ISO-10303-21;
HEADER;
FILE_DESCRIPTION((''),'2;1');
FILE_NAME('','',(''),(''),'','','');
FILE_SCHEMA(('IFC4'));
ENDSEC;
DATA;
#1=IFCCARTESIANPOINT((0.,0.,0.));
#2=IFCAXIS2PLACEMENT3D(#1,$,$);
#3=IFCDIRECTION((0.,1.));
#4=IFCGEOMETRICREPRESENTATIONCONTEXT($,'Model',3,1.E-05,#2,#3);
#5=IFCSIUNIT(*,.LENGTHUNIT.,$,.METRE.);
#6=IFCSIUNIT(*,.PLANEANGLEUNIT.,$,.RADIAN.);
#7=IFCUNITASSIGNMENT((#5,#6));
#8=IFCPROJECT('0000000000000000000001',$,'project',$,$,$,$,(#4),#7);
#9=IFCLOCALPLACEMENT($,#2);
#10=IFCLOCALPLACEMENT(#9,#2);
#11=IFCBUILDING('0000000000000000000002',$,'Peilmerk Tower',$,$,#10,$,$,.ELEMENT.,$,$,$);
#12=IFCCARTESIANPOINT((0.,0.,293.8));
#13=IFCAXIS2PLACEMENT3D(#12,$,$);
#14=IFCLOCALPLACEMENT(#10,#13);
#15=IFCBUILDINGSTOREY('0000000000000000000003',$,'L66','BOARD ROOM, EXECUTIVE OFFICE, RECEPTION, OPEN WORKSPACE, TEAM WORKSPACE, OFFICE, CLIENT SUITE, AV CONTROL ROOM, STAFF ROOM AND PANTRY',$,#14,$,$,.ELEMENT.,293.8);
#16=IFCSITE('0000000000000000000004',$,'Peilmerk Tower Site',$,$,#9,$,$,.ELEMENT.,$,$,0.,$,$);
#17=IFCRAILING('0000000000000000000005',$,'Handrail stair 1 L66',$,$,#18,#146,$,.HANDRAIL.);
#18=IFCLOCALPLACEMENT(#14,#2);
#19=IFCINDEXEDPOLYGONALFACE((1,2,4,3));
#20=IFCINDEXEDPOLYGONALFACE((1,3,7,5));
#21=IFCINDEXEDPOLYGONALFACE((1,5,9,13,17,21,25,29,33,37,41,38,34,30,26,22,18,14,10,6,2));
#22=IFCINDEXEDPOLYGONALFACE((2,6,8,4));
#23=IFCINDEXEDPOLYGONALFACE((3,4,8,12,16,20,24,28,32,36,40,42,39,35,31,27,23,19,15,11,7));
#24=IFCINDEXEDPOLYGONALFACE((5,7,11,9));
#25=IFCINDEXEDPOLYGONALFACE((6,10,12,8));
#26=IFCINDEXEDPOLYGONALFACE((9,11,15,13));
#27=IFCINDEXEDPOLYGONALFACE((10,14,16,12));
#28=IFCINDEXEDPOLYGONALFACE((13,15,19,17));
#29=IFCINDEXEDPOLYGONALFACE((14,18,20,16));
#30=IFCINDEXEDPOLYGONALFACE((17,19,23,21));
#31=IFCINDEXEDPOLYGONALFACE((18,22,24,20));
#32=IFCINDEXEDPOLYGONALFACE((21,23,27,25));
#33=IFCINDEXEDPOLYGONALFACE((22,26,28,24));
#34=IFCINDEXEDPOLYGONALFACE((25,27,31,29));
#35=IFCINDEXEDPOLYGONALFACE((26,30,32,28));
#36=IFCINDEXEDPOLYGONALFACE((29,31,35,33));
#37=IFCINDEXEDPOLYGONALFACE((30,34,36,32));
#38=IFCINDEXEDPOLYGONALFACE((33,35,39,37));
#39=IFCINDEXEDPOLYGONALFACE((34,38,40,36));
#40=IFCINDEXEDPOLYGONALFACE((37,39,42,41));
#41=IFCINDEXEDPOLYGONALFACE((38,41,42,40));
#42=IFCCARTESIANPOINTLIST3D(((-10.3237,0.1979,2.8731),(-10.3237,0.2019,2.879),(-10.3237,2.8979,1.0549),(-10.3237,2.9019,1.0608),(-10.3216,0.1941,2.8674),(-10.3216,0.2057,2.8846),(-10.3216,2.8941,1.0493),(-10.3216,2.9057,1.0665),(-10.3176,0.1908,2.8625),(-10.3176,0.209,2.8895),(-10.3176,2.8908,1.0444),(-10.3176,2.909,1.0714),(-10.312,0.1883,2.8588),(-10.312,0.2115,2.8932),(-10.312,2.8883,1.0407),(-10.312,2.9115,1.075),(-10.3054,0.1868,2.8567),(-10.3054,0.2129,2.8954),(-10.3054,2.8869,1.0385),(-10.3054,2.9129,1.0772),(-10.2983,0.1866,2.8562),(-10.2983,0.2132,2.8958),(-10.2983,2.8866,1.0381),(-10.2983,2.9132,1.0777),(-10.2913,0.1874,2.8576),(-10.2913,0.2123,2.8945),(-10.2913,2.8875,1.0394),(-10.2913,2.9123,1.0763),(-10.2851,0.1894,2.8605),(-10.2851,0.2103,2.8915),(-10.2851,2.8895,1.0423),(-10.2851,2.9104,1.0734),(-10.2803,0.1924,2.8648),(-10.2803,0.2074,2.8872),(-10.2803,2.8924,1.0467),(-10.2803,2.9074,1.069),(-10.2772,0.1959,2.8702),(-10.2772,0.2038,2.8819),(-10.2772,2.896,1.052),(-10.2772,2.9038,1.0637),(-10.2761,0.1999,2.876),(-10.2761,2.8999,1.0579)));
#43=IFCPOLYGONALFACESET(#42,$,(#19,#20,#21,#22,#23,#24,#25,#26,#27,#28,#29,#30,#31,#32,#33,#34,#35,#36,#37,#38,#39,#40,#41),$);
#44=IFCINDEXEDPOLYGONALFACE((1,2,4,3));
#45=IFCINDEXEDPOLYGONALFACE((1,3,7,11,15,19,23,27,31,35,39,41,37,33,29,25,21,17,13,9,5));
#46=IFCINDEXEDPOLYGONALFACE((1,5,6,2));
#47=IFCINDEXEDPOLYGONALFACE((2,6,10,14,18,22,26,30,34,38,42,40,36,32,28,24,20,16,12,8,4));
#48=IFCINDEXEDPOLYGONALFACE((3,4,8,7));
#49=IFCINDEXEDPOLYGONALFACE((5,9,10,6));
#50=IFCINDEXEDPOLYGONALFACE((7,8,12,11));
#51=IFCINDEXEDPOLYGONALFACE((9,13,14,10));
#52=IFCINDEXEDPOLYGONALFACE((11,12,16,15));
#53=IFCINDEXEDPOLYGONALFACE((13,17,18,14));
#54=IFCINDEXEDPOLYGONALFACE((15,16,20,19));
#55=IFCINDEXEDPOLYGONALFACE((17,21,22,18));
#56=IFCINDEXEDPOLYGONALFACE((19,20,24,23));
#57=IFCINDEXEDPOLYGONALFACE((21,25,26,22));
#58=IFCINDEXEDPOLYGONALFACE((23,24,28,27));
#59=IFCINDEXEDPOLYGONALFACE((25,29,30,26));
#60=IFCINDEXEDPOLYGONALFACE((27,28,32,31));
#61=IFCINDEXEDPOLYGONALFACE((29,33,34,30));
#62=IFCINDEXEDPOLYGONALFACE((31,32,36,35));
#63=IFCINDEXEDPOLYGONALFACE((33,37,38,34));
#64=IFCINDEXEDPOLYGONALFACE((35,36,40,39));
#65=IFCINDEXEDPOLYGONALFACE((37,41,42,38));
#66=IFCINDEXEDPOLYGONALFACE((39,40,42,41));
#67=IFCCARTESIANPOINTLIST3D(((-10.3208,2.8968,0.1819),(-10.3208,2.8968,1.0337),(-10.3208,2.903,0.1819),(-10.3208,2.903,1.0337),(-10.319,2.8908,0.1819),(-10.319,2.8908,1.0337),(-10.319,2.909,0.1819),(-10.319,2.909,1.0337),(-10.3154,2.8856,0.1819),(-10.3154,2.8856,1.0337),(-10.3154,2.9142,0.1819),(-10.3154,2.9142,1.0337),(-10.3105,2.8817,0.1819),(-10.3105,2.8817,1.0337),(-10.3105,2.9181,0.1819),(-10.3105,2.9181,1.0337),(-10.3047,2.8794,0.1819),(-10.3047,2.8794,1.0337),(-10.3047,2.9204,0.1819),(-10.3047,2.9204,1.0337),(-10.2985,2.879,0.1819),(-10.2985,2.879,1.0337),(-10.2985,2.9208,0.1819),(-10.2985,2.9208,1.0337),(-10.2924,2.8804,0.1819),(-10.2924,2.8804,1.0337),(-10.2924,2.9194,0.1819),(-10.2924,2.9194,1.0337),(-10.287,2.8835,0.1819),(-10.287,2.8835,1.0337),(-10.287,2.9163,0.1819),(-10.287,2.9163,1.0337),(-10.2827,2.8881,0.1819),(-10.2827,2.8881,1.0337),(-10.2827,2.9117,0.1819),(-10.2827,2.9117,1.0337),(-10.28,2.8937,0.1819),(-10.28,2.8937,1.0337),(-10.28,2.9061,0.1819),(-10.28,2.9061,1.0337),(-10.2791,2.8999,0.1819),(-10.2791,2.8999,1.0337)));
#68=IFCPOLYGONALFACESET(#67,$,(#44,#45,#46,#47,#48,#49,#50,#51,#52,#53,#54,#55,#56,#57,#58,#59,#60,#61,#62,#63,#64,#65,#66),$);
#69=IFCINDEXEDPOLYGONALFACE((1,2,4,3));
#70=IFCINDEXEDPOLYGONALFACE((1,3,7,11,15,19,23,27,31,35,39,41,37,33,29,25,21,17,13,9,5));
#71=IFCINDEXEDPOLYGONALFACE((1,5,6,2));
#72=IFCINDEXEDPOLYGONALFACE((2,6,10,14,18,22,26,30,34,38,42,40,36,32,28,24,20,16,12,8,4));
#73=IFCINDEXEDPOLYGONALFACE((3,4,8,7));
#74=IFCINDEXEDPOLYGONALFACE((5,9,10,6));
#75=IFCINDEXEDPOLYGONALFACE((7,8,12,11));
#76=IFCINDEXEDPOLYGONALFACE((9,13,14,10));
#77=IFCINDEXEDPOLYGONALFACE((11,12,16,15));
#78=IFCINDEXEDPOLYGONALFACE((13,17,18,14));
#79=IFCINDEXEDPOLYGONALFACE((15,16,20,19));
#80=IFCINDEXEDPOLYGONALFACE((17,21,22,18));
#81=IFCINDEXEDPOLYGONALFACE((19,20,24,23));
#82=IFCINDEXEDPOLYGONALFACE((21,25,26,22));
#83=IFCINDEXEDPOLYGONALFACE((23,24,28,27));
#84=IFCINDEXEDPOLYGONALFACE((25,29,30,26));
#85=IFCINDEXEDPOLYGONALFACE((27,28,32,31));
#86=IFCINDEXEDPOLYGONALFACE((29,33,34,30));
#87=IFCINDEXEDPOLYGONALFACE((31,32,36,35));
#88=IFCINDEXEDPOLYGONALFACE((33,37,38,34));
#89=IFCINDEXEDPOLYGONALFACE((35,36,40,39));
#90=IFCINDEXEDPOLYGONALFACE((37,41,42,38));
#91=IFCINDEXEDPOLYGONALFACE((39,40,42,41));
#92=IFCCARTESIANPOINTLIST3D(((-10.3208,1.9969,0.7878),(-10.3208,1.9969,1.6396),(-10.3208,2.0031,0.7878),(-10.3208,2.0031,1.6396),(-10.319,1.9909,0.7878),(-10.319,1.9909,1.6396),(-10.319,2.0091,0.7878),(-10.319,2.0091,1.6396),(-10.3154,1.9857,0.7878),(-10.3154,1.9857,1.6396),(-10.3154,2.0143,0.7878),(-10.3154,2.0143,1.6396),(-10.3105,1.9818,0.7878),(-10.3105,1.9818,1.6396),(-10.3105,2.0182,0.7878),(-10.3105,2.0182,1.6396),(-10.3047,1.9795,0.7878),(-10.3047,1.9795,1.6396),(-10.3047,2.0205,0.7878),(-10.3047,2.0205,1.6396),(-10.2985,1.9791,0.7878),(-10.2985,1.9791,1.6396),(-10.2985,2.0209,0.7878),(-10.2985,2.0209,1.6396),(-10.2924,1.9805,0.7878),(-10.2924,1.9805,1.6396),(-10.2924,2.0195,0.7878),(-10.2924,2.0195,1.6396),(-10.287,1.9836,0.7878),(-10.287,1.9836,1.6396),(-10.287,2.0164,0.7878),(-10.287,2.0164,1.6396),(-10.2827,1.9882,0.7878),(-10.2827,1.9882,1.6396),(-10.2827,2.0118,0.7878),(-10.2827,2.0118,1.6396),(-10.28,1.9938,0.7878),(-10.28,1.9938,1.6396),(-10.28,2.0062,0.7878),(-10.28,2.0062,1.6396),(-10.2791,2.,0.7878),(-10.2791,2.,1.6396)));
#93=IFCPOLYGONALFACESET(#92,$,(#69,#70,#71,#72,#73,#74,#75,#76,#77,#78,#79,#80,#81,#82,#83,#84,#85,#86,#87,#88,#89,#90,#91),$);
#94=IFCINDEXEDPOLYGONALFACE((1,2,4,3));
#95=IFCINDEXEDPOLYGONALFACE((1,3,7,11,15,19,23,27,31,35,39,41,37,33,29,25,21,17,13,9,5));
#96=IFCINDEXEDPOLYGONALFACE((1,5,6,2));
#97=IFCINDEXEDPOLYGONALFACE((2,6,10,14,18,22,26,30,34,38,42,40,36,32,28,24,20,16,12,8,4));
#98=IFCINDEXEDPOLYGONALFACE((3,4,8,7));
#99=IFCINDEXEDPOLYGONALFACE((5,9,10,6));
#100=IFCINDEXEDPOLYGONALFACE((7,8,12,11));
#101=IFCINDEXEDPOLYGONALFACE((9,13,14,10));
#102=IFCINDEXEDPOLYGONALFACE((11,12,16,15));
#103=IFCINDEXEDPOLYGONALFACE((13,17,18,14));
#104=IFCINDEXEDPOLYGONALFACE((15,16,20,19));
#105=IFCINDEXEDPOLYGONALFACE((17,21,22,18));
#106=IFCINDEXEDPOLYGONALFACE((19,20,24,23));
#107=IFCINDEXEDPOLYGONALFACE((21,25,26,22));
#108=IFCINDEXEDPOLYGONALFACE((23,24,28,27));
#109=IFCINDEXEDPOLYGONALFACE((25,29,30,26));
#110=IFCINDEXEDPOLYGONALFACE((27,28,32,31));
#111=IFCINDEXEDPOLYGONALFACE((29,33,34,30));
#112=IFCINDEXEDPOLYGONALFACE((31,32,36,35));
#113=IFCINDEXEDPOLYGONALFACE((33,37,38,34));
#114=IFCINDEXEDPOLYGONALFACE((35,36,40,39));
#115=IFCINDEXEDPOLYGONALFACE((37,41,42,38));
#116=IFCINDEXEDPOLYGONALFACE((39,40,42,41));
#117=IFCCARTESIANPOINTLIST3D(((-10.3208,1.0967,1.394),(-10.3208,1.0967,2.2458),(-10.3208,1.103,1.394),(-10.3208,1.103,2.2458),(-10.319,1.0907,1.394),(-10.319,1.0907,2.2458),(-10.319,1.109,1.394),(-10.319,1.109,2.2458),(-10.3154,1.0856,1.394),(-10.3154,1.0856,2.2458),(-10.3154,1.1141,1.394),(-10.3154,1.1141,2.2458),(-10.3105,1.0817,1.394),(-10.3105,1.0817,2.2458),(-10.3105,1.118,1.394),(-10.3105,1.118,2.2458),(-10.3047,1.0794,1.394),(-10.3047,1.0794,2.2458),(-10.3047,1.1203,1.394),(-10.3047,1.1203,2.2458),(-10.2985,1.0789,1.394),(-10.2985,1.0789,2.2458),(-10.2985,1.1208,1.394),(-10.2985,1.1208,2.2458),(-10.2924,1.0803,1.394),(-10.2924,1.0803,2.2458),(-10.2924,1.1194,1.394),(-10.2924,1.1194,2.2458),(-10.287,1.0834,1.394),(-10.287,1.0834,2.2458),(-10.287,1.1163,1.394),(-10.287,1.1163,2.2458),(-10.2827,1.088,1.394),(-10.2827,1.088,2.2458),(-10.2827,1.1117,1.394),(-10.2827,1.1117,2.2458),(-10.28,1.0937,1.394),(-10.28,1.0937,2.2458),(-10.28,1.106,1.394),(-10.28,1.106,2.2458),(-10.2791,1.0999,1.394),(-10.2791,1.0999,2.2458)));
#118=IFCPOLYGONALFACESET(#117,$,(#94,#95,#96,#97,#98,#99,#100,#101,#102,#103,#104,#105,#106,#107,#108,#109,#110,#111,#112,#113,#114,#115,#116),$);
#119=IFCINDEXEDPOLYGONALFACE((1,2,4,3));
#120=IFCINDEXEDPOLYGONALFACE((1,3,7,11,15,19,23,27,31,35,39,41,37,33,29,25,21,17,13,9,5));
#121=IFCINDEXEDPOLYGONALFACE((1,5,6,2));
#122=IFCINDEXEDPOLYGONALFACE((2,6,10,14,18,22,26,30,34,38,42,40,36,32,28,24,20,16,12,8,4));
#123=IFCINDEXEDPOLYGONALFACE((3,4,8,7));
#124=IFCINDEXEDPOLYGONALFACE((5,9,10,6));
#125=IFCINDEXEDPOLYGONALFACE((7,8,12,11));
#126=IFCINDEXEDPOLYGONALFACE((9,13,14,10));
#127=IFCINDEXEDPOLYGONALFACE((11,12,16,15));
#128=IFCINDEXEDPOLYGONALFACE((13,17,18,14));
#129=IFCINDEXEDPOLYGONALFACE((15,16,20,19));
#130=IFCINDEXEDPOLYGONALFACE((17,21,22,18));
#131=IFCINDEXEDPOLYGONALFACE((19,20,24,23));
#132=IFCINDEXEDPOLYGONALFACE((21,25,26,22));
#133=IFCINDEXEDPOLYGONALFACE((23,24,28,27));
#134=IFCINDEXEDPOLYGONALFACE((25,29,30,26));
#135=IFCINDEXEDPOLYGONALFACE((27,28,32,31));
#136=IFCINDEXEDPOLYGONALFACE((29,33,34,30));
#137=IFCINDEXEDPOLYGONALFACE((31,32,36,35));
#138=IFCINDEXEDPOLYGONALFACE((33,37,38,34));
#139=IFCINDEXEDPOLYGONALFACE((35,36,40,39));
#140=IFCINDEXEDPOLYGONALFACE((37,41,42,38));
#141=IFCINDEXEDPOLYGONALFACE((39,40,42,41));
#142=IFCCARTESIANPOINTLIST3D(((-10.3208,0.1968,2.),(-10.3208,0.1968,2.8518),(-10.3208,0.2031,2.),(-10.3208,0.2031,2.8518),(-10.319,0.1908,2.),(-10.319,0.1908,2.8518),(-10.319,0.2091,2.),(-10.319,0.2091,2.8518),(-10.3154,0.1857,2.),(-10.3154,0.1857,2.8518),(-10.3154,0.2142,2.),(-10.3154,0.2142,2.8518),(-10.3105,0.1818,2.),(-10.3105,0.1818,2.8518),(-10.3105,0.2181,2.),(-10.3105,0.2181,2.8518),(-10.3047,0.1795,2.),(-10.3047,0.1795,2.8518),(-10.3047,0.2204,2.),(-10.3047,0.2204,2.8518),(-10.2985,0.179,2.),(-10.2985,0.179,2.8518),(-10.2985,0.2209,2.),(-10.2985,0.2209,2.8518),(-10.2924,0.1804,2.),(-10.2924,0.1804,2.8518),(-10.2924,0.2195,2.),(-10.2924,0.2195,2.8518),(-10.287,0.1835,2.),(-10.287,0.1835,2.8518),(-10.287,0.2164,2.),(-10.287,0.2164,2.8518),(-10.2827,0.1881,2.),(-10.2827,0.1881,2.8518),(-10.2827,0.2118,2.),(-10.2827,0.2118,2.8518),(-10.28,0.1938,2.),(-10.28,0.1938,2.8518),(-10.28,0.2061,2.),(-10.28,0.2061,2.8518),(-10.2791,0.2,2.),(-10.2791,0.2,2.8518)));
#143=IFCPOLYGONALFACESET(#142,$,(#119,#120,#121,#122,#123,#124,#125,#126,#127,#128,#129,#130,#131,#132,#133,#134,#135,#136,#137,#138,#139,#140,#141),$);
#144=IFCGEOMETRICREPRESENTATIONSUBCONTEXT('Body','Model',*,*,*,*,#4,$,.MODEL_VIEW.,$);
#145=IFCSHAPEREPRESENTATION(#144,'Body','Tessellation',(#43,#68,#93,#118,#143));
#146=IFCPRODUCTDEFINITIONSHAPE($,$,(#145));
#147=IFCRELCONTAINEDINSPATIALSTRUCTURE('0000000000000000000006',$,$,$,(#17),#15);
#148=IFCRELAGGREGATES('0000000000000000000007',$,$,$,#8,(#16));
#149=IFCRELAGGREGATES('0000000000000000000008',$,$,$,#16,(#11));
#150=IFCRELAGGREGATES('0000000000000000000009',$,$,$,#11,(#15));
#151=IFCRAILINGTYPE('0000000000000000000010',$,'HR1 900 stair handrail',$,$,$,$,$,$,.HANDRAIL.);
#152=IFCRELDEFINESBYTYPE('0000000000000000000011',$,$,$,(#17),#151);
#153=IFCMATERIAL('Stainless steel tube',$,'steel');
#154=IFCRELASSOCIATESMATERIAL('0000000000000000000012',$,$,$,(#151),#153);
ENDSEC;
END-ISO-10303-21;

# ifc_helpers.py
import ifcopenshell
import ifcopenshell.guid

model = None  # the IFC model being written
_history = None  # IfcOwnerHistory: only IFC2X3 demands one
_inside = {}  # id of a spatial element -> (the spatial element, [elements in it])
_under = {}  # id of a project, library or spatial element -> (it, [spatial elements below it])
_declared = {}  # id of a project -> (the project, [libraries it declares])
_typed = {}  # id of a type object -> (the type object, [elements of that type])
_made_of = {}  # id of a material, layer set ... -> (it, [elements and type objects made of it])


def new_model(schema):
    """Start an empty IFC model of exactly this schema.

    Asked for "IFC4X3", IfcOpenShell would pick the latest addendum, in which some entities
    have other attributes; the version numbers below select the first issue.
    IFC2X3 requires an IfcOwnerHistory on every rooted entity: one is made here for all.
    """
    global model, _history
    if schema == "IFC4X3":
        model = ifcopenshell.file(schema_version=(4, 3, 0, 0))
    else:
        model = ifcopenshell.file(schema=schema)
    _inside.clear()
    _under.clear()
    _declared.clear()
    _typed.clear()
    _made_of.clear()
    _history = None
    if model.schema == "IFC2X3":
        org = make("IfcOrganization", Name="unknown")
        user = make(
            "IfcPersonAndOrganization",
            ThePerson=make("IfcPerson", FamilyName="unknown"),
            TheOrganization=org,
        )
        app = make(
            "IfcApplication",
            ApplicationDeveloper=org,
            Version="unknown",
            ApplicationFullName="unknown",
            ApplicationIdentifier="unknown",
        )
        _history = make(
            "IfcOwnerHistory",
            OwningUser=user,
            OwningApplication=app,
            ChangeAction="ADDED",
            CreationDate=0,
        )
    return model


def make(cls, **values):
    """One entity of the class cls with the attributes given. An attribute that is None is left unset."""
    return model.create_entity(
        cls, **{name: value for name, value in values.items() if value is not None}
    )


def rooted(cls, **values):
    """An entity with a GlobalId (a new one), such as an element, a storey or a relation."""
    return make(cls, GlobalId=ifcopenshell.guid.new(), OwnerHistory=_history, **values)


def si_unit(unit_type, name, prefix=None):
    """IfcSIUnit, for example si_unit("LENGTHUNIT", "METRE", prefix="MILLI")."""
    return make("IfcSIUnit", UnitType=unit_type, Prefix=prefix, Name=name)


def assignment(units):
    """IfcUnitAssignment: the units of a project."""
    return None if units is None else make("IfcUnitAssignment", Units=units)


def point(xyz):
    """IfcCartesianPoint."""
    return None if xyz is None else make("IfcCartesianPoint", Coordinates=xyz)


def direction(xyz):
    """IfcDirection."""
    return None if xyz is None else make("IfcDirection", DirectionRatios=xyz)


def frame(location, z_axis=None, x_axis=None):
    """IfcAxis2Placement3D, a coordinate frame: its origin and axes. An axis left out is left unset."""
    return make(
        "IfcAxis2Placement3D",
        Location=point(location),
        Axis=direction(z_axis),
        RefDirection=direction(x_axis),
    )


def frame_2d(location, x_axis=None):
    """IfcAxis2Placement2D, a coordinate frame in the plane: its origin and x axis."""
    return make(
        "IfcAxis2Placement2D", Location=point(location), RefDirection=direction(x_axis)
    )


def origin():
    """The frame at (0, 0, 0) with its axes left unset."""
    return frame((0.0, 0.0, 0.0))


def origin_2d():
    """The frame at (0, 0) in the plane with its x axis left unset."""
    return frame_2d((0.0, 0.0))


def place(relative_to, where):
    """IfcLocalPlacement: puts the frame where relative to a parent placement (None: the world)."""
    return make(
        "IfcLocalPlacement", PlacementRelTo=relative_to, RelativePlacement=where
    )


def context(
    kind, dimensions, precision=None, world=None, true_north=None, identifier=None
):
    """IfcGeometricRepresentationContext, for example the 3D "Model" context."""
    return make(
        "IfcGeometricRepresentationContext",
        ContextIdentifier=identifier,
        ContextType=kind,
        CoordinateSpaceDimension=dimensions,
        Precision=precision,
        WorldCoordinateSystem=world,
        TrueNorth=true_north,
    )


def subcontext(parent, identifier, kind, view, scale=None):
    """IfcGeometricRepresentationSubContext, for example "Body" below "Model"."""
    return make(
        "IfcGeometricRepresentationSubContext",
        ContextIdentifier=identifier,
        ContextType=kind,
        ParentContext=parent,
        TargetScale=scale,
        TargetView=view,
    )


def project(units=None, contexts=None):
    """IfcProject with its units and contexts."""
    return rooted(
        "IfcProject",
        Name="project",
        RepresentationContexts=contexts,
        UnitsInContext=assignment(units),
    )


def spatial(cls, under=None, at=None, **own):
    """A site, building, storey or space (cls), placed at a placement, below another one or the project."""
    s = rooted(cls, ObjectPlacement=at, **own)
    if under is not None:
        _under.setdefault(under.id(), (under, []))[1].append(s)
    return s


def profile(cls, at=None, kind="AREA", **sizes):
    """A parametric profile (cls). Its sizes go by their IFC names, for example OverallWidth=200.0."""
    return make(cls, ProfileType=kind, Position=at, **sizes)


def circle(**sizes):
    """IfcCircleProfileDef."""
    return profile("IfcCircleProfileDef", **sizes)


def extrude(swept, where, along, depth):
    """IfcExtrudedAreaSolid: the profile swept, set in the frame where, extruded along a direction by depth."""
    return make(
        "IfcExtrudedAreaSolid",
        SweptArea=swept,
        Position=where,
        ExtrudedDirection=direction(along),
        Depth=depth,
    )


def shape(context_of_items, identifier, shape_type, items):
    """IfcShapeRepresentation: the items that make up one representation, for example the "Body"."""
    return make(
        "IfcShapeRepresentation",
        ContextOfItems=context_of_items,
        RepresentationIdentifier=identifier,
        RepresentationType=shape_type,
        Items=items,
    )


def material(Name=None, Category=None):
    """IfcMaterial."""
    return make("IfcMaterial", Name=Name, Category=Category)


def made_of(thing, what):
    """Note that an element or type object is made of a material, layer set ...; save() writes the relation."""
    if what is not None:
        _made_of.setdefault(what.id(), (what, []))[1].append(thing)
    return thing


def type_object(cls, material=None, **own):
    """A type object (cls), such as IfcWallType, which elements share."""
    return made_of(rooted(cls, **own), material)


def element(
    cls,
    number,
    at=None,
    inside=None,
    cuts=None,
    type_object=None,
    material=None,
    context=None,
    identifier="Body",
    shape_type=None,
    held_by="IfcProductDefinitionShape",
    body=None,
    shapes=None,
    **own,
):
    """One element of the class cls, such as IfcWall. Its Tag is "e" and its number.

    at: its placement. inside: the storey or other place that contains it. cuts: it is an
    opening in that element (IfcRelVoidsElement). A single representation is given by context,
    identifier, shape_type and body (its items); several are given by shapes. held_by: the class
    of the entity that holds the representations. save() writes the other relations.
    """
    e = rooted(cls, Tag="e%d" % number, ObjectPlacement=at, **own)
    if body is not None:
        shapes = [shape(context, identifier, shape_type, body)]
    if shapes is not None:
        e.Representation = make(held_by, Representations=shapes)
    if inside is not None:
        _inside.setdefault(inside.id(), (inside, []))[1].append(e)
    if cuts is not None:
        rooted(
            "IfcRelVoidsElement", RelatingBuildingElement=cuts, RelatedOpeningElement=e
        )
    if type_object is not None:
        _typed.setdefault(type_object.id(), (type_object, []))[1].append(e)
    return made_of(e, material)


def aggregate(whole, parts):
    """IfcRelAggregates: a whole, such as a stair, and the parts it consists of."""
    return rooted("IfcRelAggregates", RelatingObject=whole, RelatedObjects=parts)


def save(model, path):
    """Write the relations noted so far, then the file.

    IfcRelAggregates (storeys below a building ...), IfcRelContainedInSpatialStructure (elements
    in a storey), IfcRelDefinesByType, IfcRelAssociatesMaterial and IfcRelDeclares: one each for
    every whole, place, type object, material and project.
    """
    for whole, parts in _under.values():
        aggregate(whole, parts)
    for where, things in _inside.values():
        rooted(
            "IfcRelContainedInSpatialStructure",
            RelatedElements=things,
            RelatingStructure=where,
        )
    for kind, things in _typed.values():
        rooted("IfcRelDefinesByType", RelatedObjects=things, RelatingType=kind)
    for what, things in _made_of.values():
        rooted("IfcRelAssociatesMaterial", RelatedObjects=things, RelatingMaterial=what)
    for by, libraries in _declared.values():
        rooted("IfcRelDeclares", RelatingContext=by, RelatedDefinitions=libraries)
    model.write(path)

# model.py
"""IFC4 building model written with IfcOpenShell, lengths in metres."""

from ifc_helpers import new_model, si_unit, direction, frame, origin, origin_2d, place, context, subcontext, project, spatial, circle, extrude, material, type_object, element, save


model = new_model("IFC4")

# Units and contexts
model_context = context("Model", 3, precision=1e-05, world=origin(), true_north=direction((0.0, 1.0)))
body_context = subcontext(model_context, "Body", "Model", "MODEL_VIEW")
ifc_project = project(units=[si_unit("LENGTHUNIT", "METRE"), si_unit("PLANEANGLEUNIT", "RADIAN")], contexts=[model_context])

# Site, building, storey
site_placement = place(None, origin())
site = spatial("IfcSite", under=ifc_project, at=site_placement, Name="Peilmerk Tower Site", CompositionType="ELEMENT", RefElevation=0.0)
building_placement = place(site_placement, origin())
building = spatial("IfcBuilding", under=site, at=building_placement, Name="Peilmerk Tower", CompositionType="ELEMENT")
storey_placement = place(building_placement, frame((0.0, 0.0, 293.8)))
storey = spatial("IfcBuildingStorey", under=building, at=storey_placement, Name="L66", Description="BOARD ROOM, EXECUTIVE OFFICE, RECEPTION, OPEN WORKSPACE, TEAM WORKSPACE, OFFICE, CLIENT SUITE, AV CONTROL ROOM, STAFF ROOM AND PANTRY", CompositionType="ELEMENT", Elevation=293.8)

# Railing
ifc_material_1 = material(Name="Stainless steel tube", Category="steel")
railing_type_1 = type_object("IfcRailingType", Name="HR1 900 stair handrail", PredefinedType="HANDRAIL", material=ifc_material_1)
railing_1_placement = place(storey_placement, frame((-10.3, 2.8999, 0.1819)))
element("IfcRailing", 1, at=railing_1_placement, inside=storey, type_object=railing_type_1, Name="Handrail stair 1 L66", PredefinedType="HANDRAIL", context=body_context, shape_type="SweptSolid", body=[
    extrude(circle(Radius=0.0239, at=origin_2d()), frame((0.0, 0.0, 0.876), z_axis=(0.0, -0.829468, 0.558554), x_axis=(1.0, 0.0, 0.0)), (0.0, 0.0, 1.0), 3.2551),
    extrude(circle(Radius=0.021, at=origin_2d()), origin(), (0.0, 0.0, 1.0), 0.8518),
    extrude(circle(Radius=0.021, at=origin_2d()), frame((0.0, -0.8999, 0.606)), (0.0, 0.0, 1.0), 0.8518),
    extrude(circle(Radius=0.021, at=origin_2d()), frame((0.0, -1.8, 1.2122)), (0.0, 0.0, 1.0), 0.8518),
    extrude(circle(Radius=0.021, at=origin_2d()), frame((0.0, -2.7, 1.8181)), (0.0, 0.0, 1.0), 0.8518),
])

save(model, "model.ifc")
